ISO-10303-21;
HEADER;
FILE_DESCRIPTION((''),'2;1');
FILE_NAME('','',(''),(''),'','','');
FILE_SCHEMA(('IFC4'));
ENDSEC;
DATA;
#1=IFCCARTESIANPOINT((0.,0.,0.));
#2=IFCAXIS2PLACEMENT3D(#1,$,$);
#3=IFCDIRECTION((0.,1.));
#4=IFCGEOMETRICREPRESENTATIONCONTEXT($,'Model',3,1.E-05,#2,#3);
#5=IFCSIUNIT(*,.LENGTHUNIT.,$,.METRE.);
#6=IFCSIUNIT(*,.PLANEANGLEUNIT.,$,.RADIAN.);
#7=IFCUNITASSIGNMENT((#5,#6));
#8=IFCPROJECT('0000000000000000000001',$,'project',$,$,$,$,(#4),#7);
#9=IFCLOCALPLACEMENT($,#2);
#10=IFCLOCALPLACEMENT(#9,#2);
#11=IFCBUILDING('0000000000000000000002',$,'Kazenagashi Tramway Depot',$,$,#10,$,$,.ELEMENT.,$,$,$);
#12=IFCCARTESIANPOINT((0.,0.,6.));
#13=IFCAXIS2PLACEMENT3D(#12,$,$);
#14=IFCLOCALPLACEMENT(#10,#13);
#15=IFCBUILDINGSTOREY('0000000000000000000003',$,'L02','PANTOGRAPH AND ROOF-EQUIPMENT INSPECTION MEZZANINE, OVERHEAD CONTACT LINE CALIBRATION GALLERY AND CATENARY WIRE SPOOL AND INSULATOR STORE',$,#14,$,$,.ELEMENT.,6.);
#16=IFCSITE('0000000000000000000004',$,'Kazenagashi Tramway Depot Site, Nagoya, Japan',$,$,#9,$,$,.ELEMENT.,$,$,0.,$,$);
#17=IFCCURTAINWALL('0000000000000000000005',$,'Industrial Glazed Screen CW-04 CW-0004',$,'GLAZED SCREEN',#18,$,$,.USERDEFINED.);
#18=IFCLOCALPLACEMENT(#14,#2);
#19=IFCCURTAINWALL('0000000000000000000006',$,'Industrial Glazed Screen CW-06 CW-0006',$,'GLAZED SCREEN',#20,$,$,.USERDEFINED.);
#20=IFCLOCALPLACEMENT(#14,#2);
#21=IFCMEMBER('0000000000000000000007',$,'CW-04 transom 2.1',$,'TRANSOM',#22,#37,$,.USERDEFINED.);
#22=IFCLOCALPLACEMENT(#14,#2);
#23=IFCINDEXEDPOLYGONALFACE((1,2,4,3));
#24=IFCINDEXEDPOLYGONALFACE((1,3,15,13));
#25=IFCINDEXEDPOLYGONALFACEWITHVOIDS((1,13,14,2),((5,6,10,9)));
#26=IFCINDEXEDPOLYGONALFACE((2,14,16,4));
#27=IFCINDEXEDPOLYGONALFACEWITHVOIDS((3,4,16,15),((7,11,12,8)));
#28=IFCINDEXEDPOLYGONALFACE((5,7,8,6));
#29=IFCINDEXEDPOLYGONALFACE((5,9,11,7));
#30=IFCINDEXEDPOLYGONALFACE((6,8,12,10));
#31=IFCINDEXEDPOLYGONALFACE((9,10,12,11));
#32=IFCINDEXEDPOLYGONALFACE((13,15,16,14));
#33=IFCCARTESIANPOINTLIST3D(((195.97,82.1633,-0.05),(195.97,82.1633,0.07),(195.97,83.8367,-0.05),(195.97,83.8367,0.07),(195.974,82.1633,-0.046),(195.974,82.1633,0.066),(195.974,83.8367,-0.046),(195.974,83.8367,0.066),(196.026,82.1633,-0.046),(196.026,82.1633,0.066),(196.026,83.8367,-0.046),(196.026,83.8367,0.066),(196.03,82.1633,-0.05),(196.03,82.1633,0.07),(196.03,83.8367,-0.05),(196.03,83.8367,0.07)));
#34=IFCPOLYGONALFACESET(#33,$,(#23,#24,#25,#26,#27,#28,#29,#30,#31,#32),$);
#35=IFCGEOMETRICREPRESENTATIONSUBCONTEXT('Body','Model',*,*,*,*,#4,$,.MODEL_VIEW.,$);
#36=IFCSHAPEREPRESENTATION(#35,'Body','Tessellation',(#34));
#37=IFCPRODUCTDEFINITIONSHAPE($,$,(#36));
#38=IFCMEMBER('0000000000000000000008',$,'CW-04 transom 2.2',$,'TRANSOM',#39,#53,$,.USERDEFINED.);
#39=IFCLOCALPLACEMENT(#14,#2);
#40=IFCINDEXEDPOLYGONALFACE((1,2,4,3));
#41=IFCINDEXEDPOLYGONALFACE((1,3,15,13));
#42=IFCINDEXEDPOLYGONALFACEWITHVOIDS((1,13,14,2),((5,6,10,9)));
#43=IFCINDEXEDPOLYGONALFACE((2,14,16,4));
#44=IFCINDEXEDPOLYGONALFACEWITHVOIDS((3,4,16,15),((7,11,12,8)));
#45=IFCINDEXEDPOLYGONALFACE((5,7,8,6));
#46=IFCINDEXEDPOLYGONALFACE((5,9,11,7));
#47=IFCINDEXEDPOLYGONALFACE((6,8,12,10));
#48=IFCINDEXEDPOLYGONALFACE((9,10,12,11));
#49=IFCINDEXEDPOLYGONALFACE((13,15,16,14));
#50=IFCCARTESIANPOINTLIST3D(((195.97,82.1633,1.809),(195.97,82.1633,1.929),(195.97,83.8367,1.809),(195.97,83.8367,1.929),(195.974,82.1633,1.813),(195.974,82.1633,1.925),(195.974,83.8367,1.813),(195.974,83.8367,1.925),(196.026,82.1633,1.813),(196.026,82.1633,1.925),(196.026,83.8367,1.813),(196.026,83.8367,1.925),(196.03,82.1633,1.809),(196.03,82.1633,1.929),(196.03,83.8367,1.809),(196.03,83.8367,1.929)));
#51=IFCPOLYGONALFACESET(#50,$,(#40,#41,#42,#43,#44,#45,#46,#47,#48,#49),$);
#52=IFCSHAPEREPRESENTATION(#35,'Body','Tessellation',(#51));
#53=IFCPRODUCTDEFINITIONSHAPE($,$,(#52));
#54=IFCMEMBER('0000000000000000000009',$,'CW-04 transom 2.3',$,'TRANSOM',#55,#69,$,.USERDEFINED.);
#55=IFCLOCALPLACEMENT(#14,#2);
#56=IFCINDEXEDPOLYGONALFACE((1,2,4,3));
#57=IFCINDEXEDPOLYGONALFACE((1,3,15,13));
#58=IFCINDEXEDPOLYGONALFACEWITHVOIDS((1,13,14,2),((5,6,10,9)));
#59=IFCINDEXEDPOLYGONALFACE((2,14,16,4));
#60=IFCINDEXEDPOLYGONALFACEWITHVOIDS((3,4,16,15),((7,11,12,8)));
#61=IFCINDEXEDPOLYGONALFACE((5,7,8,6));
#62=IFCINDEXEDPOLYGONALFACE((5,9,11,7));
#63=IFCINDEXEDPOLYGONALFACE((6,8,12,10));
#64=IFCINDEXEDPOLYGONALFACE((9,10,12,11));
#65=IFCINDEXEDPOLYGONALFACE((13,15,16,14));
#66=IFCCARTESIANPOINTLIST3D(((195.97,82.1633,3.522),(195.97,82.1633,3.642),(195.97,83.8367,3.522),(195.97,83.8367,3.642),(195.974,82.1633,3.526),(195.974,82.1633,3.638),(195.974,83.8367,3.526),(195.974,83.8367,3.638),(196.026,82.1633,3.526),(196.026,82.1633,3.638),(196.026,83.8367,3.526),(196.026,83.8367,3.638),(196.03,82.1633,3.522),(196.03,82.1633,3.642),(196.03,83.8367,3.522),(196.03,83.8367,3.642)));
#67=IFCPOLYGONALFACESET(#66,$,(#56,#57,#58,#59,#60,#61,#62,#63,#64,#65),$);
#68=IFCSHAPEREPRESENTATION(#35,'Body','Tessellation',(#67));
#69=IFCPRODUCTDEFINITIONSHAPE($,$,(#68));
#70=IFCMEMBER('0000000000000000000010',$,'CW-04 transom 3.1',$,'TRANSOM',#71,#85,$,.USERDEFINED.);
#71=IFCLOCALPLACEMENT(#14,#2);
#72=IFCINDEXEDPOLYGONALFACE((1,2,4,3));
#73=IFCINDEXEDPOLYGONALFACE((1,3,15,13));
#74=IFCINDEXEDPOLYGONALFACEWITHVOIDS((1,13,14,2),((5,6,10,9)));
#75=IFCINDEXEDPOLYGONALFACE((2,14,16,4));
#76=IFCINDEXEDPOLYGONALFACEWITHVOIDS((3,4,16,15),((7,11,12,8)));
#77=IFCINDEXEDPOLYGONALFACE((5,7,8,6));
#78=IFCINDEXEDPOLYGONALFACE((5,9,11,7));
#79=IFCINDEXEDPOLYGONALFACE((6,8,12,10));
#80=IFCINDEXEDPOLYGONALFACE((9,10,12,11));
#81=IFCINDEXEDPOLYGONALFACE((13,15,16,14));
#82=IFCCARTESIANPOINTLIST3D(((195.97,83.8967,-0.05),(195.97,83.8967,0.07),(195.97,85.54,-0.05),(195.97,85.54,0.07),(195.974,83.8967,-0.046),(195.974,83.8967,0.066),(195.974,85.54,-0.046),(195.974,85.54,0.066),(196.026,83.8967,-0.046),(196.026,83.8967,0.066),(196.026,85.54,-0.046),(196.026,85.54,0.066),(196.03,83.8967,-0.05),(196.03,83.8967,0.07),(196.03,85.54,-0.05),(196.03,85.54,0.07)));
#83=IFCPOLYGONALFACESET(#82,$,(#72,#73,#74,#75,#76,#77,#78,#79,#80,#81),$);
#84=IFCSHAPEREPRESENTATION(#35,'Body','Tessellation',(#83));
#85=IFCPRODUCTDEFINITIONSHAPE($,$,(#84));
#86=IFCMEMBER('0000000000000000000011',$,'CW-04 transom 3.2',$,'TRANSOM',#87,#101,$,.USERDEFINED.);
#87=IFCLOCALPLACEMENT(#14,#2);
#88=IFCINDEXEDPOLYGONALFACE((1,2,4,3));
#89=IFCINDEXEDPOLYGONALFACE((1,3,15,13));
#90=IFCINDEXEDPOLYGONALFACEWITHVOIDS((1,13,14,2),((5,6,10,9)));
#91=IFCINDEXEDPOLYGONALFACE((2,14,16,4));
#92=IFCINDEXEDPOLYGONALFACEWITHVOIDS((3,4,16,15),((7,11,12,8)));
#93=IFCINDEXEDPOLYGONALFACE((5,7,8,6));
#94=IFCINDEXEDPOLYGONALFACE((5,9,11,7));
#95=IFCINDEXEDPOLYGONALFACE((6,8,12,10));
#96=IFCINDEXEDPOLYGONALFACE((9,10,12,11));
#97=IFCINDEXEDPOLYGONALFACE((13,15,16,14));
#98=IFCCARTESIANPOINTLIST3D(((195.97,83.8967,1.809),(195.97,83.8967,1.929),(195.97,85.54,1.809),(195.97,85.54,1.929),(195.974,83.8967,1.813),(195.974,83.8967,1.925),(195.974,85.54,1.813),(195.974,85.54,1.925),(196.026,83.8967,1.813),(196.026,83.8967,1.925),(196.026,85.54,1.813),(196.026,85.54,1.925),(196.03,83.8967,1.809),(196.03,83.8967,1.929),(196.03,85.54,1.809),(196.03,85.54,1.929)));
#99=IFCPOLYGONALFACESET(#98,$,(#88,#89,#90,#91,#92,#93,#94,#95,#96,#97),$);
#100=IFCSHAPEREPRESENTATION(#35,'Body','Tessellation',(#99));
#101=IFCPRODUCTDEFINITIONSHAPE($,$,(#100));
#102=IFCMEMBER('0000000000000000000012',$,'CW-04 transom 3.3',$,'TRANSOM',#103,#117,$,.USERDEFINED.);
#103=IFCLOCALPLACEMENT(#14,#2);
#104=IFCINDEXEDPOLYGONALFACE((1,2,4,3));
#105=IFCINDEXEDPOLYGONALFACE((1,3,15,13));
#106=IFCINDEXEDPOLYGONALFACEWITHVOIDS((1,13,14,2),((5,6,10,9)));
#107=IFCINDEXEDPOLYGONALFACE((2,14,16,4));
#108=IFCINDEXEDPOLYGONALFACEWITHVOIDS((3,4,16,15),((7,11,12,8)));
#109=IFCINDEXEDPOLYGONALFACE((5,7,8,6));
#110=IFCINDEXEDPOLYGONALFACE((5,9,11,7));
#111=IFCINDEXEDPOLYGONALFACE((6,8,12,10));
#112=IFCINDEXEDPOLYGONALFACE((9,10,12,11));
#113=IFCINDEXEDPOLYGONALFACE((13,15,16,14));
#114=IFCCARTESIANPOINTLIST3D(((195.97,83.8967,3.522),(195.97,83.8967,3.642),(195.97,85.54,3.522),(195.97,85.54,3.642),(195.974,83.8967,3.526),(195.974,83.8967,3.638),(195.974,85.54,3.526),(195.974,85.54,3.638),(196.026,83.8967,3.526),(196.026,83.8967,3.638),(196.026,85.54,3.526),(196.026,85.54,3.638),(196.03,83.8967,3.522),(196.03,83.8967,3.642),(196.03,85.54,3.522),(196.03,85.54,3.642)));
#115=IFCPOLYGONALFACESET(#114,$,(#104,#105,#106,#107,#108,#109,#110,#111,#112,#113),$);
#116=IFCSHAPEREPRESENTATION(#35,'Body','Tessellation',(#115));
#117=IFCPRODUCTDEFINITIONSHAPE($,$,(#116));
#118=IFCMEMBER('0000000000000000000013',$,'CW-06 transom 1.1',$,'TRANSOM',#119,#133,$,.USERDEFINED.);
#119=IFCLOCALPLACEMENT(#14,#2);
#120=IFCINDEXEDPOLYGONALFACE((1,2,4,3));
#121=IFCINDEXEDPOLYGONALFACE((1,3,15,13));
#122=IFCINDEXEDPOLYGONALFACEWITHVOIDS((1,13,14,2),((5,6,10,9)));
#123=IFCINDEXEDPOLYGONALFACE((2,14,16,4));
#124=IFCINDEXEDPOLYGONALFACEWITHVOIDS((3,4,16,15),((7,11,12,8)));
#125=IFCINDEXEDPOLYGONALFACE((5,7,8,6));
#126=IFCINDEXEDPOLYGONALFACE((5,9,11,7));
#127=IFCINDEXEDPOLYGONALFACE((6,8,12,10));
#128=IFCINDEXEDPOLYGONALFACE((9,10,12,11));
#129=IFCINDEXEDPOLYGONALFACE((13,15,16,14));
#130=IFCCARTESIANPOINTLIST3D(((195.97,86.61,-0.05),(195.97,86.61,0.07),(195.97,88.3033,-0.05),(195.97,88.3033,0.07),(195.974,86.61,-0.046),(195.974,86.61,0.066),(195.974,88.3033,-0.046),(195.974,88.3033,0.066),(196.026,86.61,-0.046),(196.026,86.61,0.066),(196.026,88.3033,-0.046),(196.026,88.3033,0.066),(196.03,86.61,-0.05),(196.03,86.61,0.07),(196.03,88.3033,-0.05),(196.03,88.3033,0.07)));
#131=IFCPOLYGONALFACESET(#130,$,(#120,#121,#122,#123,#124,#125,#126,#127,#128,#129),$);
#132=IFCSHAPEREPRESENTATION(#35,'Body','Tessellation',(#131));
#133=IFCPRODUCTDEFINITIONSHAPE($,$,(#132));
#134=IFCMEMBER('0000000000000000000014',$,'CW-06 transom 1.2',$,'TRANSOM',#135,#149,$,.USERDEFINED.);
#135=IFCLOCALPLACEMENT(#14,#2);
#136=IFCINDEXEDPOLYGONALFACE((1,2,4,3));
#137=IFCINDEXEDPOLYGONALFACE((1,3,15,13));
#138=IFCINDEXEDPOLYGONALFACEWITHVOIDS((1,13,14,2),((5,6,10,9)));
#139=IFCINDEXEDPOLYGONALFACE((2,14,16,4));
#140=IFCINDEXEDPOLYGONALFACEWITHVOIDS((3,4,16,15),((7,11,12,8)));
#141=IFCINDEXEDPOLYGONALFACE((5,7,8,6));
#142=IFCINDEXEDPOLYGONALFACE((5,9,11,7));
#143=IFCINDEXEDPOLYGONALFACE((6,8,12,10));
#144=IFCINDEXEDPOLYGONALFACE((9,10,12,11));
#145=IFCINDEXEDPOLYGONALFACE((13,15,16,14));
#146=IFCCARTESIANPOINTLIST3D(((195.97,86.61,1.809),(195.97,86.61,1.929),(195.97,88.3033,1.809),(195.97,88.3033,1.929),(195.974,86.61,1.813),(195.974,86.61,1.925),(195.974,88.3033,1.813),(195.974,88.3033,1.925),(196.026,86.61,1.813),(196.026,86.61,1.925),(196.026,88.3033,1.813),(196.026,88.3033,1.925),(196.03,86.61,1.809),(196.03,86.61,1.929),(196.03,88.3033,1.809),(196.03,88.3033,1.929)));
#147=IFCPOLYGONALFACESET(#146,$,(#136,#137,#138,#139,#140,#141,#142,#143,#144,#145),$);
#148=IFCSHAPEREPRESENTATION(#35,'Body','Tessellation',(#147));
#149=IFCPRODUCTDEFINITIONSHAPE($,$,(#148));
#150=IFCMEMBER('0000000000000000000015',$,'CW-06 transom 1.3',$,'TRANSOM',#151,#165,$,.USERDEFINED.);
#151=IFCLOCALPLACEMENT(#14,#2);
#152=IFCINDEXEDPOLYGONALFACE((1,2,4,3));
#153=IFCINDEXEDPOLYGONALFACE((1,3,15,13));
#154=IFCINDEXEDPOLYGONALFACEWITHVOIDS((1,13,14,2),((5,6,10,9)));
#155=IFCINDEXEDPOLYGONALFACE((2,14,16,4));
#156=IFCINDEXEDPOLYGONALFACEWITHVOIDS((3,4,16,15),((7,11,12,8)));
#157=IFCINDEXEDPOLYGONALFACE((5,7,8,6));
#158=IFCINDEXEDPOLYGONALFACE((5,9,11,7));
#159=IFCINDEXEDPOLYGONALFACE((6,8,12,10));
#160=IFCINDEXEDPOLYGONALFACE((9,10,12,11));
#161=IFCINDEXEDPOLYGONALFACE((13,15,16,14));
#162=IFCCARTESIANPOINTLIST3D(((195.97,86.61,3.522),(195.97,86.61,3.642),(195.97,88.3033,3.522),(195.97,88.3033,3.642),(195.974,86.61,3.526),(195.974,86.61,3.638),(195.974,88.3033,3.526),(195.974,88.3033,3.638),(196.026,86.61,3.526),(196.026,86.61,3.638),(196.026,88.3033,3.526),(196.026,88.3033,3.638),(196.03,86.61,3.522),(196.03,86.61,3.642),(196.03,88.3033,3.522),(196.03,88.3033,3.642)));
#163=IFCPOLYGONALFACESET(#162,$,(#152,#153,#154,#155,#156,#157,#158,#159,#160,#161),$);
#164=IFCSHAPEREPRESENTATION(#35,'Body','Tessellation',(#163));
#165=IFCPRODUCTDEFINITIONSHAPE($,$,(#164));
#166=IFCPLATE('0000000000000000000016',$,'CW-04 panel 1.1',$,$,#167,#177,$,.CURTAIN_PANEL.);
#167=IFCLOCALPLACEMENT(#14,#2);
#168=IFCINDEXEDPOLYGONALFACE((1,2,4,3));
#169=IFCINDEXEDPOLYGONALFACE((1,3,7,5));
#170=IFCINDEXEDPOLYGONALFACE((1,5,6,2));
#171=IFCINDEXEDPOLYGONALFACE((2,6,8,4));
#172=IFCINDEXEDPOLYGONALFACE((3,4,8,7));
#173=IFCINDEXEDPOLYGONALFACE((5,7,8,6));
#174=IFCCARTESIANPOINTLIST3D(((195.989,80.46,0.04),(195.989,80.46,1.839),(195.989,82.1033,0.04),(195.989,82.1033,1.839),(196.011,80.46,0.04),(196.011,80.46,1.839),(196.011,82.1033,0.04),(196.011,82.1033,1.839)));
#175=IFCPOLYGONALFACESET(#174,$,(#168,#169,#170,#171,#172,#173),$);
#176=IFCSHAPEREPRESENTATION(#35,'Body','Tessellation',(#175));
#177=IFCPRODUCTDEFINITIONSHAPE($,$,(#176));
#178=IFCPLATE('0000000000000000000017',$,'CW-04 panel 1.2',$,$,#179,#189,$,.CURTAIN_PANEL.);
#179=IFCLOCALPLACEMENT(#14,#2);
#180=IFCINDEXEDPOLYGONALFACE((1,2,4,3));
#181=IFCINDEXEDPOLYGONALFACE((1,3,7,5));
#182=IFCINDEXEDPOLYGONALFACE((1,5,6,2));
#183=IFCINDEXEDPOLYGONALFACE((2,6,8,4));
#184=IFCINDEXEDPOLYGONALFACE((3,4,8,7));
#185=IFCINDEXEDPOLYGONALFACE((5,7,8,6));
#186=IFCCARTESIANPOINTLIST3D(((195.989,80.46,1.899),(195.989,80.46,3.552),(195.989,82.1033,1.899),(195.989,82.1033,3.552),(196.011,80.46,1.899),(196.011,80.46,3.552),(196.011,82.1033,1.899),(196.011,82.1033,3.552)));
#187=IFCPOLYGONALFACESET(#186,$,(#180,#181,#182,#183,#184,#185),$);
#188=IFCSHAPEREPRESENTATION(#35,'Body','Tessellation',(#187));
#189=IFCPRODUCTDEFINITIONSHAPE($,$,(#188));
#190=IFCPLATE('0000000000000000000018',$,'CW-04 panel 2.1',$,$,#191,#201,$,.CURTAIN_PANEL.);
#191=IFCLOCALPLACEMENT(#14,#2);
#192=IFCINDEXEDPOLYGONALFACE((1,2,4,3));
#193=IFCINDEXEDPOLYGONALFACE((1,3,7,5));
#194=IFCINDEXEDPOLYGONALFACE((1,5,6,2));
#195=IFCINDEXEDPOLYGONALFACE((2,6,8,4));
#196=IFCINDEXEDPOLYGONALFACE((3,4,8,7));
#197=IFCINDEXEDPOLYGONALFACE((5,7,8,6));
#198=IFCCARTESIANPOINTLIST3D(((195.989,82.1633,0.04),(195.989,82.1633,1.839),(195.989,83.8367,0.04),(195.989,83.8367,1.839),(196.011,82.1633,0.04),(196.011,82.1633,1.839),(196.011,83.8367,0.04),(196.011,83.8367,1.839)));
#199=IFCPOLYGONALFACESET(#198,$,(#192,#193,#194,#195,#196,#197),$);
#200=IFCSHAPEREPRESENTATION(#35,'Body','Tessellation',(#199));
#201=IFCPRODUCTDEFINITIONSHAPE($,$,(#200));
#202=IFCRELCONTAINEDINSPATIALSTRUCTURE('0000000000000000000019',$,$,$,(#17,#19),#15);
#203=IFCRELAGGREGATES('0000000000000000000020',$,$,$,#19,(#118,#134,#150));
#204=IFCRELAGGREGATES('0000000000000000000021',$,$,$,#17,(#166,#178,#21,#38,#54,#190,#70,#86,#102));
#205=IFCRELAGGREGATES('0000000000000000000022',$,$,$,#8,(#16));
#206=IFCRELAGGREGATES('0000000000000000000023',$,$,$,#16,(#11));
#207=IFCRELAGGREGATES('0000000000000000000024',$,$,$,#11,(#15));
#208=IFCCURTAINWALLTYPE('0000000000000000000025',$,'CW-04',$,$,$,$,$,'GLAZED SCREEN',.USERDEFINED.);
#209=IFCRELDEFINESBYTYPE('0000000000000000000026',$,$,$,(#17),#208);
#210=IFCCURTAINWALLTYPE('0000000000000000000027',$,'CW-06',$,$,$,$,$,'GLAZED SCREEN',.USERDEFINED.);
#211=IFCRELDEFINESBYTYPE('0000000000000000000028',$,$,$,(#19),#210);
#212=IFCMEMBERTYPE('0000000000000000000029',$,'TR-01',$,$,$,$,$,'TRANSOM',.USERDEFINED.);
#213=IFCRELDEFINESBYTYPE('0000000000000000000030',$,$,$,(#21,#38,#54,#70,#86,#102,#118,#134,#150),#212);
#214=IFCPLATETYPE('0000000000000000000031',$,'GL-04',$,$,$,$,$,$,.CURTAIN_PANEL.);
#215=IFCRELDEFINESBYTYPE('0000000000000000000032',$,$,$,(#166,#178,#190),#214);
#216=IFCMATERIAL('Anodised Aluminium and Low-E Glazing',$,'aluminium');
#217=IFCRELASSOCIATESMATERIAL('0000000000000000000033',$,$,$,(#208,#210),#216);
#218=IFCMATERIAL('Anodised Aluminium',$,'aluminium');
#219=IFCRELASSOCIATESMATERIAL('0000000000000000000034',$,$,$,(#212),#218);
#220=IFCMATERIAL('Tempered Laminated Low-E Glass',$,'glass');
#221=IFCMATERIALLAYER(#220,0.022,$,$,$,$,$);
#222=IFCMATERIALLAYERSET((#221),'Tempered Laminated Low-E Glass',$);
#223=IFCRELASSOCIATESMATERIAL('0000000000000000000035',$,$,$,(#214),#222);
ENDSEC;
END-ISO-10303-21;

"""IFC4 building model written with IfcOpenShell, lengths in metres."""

from ifc_helpers import new_model, si_unit, direction, frame, origin, origin_2d, place, context, subcontext, project, spatial, rectangle, hollow_rectangle, extrude, material, layer, layer_set, material_profile, profile_set, type_object, element, aggregate, save


model = new_model("IFC4")

# Units and contexts
model_context = context("Model", 3, precision=1e-05, world=origin(), true_north=direction((0.0, 1.0)))
body_context = subcontext(model_context, "Body", "Model", "MODEL_VIEW")
ifc_project = project(units=[si_unit("LENGTHUNIT", "METRE"), si_unit("PLANEANGLEUNIT", "RADIAN")], contexts=[model_context])

# Site, building, storey
site_placement = place(None, origin())
site = spatial("IfcSite", under=ifc_project, at=site_placement, Name="Kazenagashi Tramway Depot Site, Nagoya, Japan", CompositionType="ELEMENT", RefElevation=0.0)
building_placement = place(site_placement, origin())
building = spatial("IfcBuilding", under=site, at=building_placement, Name="Kazenagashi Tramway Depot", CompositionType="ELEMENT")
storey_placement = place(building_placement, frame((0.0, 0.0, 6.0)))
storey = spatial("IfcBuildingStorey", under=building, at=storey_placement, Name="L02", Description="PANTOGRAPH AND ROOF-EQUIPMENT INSPECTION MEZZANINE, OVERHEAD CONTACT LINE CALIBRATION GALLERY AND CATENARY WIRE SPOOL AND INSULATOR STORE", CompositionType="ELEMENT", Elevation=6.0)

# Curtain wall
ifc_material_1 = material(Name="Anodised Aluminium and Low-E Glazing", Category="aluminium")
curtain_wall_type_1 = type_object("IfcCurtainWallType", Name="CW-04", ElementType="GLAZED SCREEN", PredefinedType="USERDEFINED", material=ifc_material_1)
curtain_wall_1_placement = place(storey_placement, origin())
curtain_wall_1 = element("IfcCurtainWall", 1, at=curtain_wall_1_placement, inside=storey, type_object=curtain_wall_type_1, Name="Industrial Glazed Screen CW-04 CW-0004", ObjectType="GLAZED SCREEN", PredefinedType="USERDEFINED")
ifc_material_2 = material(Name="Anodised Aluminium", Category="aluminium")

# Curtain wall
curtain_wall_type_2 = type_object("IfcCurtainWallType", Name="CW-06", ElementType="GLAZED SCREEN", PredefinedType="USERDEFINED", material=ifc_material_1)
curtain_wall_2_placement = place(storey_placement, origin())
curtain_wall_2 = element("IfcCurtainWall", 2, at=curtain_wall_2_placement, inside=storey, type_object=curtain_wall_type_2, Name="Industrial Glazed Screen CW-06 CW-0006", ObjectType="GLAZED SCREEN", PredefinedType="USERDEFINED")

# Members
ifc_material_profile_1 = material_profile(ifc_material_2, hollow_rectangle(XDim=0.06, YDim=0.12, WallThickness=0.004, at=origin_2d()), Name="RHS-120x60x4")
ifc_profile_set_1 = profile_set([ifc_material_profile_1], Name="Anodised Aluminium")
member_type_1 = type_object("IfcMemberType", Name="TR-01", ElementType="TRANSOM", PredefinedType="USERDEFINED", material=ifc_profile_set_1)
member_1_placement = place(storey_placement, frame((196.0, 82.1633, 0.01), z_axis=(0.0, 1.0, 0.0), x_axis=(-1.0, 0.0, 0.0)))
member_1 = element("IfcMember", 3, at=member_1_placement, type_object=member_type_1, Name="CW-04 transom 2.1", ObjectType="TRANSOM", PredefinedType="USERDEFINED", context=body_context, shape_type="SweptSolid", body=[
    extrude(hollow_rectangle(XDim=0.06, YDim=0.12, WallThickness=0.004, at=origin_2d()), origin(), (0.0, 0.0, 1.0), 1.6733),
])
member_2_placement = place(storey_placement, frame((196.0, 82.1633, 1.869), z_axis=(0.0, 1.0, 0.0), x_axis=(-1.0, 0.0, 0.0)))
member_2 = element("IfcMember", 4, at=member_2_placement, type_object=member_type_1, Name="CW-04 transom 2.2", ObjectType="TRANSOM", PredefinedType="USERDEFINED", context=body_context, shape_type="SweptSolid", body=[
    extrude(hollow_rectangle(XDim=0.06, YDim=0.12, WallThickness=0.004, at=origin_2d()), origin(), (0.0, 0.0, 1.0), 1.6733),
])
member_3_placement = place(storey_placement, frame((196.0, 82.1633, 3.582), z_axis=(0.0, 1.0, 0.0), x_axis=(-1.0, 0.0, 0.0)))
member_3 = element("IfcMember", 5, at=member_3_placement, type_object=member_type_1, Name="CW-04 transom 2.3", ObjectType="TRANSOM", PredefinedType="USERDEFINED", context=body_context, shape_type="SweptSolid", body=[
    extrude(hollow_rectangle(XDim=0.06, YDim=0.12, WallThickness=0.004, at=origin_2d()), origin(), (0.0, 0.0, 1.0), 1.6733),
])
member_4_placement = place(storey_placement, frame((196.0, 83.8967, 0.01), z_axis=(0.0, 1.0, 0.0), x_axis=(-1.0, 0.0, 0.0)))
member_4 = element("IfcMember", 6, at=member_4_placement, type_object=member_type_1, Name="CW-04 transom 3.1", ObjectType="TRANSOM", PredefinedType="USERDEFINED", context=body_context, shape_type="SweptSolid", body=[
    extrude(hollow_rectangle(XDim=0.06, YDim=0.12, WallThickness=0.004, at=origin_2d()), origin(), (0.0, 0.0, 1.0), 1.6433),
])
member_5_placement = place(storey_placement, frame((196.0, 83.8967, 1.869), z_axis=(0.0, 1.0, 0.0), x_axis=(-1.0, 0.0, 0.0)))
member_5 = element("IfcMember", 7, at=member_5_placement, type_object=member_type_1, Name="CW-04 transom 3.2", ObjectType="TRANSOM", PredefinedType="USERDEFINED", context=body_context, shape_type="SweptSolid", body=[
    extrude(hollow_rectangle(XDim=0.06, YDim=0.12, WallThickness=0.004, at=origin_2d()), origin(), (0.0, 0.0, 1.0), 1.6433),
])
member_6_placement = place(storey_placement, frame((196.0, 83.8967, 3.582), z_axis=(0.0, 1.0, 0.0), x_axis=(-1.0, 0.0, 0.0)))
member_6 = element("IfcMember", 8, at=member_6_placement, type_object=member_type_1, Name="CW-04 transom 3.3", ObjectType="TRANSOM", PredefinedType="USERDEFINED", context=body_context, shape_type="SweptSolid", body=[
    extrude(hollow_rectangle(XDim=0.06, YDim=0.12, WallThickness=0.004, at=origin_2d()), origin(), (0.0, 0.0, 1.0), 1.6433),
])
member_7_placement = place(storey_placement, frame((196.0, 86.61, 0.01), z_axis=(0.0, 1.0, 0.0), x_axis=(-1.0, 0.0, 0.0)))
member_7 = element("IfcMember", 9, at=member_7_placement, type_object=member_type_1, Name="CW-06 transom 1.1", ObjectType="TRANSOM", PredefinedType="USERDEFINED", context=body_context, shape_type="SweptSolid", body=[
    extrude(hollow_rectangle(XDim=0.06, YDim=0.12, WallThickness=0.004, at=origin_2d()), origin(), (0.0, 0.0, 1.0), 1.6933),
])
member_8_placement = place(storey_placement, frame((196.0, 86.61, 1.869), z_axis=(0.0, 1.0, 0.0), x_axis=(-1.0, 0.0, 0.0)))
member_8 = element("IfcMember", 10, at=member_8_placement, type_object=member_type_1, Name="CW-06 transom 1.2", ObjectType="TRANSOM", PredefinedType="USERDEFINED", context=body_context, shape_type="SweptSolid", body=[
    extrude(hollow_rectangle(XDim=0.06, YDim=0.12, WallThickness=0.004, at=origin_2d()), origin(), (0.0, 0.0, 1.0), 1.6933),
])
member_9_placement = place(storey_placement, frame((196.0, 86.61, 3.582), z_axis=(0.0, 1.0, 0.0), x_axis=(-1.0, 0.0, 0.0)))
member_9 = element("IfcMember", 11, at=member_9_placement, type_object=member_type_1, Name="CW-06 transom 1.3", ObjectType="TRANSOM", PredefinedType="USERDEFINED", context=body_context, shape_type="SweptSolid", body=[
    extrude(hollow_rectangle(XDim=0.06, YDim=0.12, WallThickness=0.004, at=origin_2d()), origin(), (0.0, 0.0, 1.0), 1.6933),
])
aggregate(curtain_wall_2, [member_7, member_8, member_9])

# Plates
ifc_material_3 = material(Name="Tempered Laminated Low-E Glass", Category="glass")
ifc_layer_1 = layer(ifc_material_3, 0.022)
ifc_layer_set_1 = layer_set([ifc_layer_1], Name="Tempered Laminated Low-E Glass")
plate_type = type_object("IfcPlateType", Name="GL-04", PredefinedType="CURTAIN_PANEL", material=ifc_layer_set_1)
plate_1_placement = place(storey_placement, frame((196.0, 81.2817, 0.04), z_axis=(0.0, 0.0, 1.0), x_axis=(0.0, 1.0, 0.0)))
plate_1 = element("IfcPlate", 12, at=plate_1_placement, type_object=plate_type, Name="CW-04 panel 1.1", PredefinedType="CURTAIN_PANEL", context=body_context, shape_type="SweptSolid", body=[
    extrude(rectangle(XDim=1.6433, YDim=0.022, at=origin_2d()), origin(), (0.0, 0.0, 1.0), 1.799),
])
plate_2_placement = place(storey_placement, frame((196.0, 81.2817, 1.899), z_axis=(0.0, 0.0, 1.0), x_axis=(0.0, 1.0, 0.0)))
plate_2 = element("IfcPlate", 13, at=plate_2_placement, type_object=plate_type, Name="CW-04 panel 1.2", PredefinedType="CURTAIN_PANEL", context=body_context, shape_type="SweptSolid", body=[
    extrude(rectangle(XDim=1.6433, YDim=0.022, at=origin_2d()), origin(), (0.0, 0.0, 1.0), 1.653),
])
plate_3_placement = place(storey_placement, frame((196.0, 83.0, 0.04), z_axis=(0.0, 0.0, 1.0), x_axis=(0.0, 1.0, 0.0)))
plate_3 = element("IfcPlate", 14, at=plate_3_placement, type_object=plate_type, Name="CW-04 panel 2.1", PredefinedType="CURTAIN_PANEL", context=body_context, shape_type="SweptSolid", body=[
    extrude(rectangle(XDim=1.6733, YDim=0.022, at=origin_2d()), origin(), (0.0, 0.0, 1.0), 1.799),
])
aggregate(curtain_wall_1, [plate_1, plate_2, member_1, member_2, member_3, plate_3, member_4, member_5, member_6])

save(model, "model.ifc")
